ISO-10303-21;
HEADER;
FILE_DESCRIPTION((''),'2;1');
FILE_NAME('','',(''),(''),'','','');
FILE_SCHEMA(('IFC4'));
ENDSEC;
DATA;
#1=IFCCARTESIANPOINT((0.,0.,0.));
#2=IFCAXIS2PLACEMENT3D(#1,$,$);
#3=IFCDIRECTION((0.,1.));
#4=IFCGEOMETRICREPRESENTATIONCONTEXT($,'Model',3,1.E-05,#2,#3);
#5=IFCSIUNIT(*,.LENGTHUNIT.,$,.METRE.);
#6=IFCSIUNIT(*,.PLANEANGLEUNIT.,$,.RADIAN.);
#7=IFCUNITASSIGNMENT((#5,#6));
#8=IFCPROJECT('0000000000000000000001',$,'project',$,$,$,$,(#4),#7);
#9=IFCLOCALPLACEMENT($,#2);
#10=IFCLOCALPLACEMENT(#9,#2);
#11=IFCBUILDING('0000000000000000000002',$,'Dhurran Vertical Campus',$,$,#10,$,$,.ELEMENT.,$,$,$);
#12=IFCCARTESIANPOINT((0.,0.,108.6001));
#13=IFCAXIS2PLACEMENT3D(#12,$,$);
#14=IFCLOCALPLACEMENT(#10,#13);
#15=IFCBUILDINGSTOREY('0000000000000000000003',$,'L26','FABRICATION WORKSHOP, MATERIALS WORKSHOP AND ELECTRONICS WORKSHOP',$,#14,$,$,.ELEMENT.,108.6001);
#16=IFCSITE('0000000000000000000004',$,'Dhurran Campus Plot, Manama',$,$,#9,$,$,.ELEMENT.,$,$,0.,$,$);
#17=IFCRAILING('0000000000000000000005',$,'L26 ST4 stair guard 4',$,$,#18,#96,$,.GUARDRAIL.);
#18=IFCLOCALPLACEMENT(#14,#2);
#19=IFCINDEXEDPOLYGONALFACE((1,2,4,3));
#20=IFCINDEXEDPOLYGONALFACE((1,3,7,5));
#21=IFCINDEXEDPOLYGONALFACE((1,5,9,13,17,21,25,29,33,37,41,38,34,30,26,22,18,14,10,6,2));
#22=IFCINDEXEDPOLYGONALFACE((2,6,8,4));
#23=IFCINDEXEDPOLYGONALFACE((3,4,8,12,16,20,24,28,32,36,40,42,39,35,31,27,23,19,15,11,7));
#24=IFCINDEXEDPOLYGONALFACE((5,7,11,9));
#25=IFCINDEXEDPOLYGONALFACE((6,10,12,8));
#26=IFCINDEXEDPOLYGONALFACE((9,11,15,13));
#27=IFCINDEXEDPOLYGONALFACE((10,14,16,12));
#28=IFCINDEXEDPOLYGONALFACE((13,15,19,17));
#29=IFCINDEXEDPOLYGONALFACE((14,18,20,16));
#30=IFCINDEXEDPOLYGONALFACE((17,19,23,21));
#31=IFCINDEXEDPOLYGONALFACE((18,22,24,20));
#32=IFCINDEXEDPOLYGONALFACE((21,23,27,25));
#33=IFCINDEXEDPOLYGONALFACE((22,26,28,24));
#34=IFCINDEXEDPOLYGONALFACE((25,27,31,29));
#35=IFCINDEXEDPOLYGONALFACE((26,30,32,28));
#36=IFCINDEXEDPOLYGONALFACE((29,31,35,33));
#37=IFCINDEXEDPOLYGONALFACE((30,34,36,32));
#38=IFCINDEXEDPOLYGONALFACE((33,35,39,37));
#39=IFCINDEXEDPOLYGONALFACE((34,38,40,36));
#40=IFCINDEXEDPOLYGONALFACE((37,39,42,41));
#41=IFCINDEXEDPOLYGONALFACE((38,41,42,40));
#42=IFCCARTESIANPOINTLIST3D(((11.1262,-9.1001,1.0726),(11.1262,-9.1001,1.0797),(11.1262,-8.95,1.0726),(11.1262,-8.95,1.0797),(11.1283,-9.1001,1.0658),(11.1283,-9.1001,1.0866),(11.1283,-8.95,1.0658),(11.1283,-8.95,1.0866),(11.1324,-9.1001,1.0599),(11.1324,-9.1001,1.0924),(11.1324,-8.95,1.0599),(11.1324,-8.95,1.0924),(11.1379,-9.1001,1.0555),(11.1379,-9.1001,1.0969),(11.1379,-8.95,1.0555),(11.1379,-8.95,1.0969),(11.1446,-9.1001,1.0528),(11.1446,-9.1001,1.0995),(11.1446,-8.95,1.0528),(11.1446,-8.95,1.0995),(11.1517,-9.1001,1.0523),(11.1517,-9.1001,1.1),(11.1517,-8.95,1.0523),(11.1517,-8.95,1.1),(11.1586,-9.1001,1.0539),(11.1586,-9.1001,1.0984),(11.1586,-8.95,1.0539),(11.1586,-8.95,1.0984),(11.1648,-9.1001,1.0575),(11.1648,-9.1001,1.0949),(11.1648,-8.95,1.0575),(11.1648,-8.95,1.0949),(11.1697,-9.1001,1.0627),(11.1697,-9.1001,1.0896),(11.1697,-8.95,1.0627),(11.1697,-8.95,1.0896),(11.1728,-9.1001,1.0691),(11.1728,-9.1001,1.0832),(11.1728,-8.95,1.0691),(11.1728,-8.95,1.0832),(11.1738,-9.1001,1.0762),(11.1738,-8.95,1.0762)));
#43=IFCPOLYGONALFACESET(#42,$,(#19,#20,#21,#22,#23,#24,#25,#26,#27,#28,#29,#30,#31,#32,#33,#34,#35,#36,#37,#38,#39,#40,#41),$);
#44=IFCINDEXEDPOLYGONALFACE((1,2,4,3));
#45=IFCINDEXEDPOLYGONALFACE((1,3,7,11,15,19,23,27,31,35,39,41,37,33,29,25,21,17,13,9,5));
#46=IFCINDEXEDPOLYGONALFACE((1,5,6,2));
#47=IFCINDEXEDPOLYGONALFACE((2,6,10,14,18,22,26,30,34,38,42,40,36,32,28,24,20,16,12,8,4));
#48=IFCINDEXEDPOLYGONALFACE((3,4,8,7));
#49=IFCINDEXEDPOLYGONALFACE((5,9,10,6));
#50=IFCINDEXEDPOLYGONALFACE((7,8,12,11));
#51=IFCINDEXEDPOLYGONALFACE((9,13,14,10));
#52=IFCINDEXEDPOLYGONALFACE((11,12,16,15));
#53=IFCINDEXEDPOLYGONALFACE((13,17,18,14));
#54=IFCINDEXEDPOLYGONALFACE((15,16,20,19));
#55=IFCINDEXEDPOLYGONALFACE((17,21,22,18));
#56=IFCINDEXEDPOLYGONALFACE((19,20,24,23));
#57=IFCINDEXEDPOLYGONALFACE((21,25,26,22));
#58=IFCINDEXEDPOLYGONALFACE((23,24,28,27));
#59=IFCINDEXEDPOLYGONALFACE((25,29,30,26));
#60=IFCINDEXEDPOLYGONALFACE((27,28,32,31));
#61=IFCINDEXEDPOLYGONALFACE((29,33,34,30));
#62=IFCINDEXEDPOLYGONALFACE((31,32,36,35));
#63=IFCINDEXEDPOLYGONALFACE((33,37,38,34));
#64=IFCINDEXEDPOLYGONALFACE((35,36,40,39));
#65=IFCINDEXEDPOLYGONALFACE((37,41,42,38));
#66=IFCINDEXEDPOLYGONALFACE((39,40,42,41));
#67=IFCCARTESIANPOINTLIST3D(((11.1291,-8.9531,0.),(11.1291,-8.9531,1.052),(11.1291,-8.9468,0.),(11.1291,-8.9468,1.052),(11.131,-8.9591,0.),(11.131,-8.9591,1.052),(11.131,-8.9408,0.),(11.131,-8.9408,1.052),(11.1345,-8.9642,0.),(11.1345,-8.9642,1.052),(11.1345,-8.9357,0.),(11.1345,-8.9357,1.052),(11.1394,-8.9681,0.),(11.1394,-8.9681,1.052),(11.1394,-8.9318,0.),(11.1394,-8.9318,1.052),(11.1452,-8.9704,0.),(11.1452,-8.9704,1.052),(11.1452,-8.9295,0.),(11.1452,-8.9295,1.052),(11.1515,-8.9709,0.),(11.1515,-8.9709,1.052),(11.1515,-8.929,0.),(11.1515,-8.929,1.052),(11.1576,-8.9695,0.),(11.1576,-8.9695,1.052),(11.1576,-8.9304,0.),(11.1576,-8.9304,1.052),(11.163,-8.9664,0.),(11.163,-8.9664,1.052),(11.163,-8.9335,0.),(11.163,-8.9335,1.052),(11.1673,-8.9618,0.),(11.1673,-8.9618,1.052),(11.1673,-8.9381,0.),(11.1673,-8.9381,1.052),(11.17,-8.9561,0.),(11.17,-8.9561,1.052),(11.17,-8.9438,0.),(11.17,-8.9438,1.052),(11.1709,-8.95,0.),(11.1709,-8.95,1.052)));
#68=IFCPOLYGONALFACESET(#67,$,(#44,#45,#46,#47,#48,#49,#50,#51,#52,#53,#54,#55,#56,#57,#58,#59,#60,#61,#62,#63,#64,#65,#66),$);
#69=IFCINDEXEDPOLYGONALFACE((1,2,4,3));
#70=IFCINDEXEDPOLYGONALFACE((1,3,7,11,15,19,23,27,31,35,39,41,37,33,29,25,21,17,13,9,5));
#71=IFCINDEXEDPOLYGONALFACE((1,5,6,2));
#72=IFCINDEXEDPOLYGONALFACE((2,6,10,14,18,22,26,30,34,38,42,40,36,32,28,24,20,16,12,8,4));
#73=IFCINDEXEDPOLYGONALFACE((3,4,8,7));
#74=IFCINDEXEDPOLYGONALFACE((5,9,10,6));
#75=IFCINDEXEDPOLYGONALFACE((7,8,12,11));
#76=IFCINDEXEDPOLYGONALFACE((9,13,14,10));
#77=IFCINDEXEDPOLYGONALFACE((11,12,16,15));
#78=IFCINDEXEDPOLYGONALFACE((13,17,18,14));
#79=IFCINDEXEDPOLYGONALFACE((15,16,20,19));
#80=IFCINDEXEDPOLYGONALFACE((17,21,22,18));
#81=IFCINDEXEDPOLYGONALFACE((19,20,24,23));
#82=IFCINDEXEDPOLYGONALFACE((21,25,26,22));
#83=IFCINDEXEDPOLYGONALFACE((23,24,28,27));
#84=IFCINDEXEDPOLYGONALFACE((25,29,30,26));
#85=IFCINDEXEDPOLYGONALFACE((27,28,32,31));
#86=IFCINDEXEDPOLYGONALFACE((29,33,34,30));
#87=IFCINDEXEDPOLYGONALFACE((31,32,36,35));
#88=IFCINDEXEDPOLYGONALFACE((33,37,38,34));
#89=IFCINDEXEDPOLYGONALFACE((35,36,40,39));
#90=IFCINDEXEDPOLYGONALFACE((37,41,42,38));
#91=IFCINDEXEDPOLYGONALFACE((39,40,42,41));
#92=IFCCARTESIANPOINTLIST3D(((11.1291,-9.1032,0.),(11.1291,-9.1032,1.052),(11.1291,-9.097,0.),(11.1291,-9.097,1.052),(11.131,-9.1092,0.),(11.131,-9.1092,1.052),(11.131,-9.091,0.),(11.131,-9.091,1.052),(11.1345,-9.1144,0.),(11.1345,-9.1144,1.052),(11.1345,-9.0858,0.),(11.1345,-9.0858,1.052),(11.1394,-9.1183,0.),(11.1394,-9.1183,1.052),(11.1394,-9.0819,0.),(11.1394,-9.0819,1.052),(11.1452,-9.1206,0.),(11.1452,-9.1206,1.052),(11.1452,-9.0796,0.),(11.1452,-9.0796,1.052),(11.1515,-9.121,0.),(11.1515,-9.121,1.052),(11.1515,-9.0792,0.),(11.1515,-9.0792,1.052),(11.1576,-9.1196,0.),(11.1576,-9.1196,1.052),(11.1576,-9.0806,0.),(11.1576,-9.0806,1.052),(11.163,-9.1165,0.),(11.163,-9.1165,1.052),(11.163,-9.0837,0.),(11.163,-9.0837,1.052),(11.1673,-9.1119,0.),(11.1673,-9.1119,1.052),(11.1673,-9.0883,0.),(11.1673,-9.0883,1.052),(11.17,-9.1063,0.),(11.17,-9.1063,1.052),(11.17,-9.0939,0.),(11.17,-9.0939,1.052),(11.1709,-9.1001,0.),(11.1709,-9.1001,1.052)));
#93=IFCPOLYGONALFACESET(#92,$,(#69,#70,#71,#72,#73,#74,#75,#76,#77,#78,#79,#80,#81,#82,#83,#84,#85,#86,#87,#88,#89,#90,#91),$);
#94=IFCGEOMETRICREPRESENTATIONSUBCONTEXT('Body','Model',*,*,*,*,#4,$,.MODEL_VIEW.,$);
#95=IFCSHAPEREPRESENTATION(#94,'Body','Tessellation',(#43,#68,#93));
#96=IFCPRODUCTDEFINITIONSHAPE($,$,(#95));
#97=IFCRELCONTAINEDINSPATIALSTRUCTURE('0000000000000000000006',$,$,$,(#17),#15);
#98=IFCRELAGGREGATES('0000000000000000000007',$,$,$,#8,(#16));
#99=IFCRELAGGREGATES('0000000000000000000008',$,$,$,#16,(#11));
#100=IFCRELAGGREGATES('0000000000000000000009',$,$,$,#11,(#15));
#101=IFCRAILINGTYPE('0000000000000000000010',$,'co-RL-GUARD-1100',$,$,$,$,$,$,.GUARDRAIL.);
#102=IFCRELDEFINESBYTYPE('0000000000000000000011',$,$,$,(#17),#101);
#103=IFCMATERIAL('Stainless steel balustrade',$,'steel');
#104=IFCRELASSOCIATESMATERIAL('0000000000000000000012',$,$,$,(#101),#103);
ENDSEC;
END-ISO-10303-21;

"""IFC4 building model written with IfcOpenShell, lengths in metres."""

from ifc_helpers import new_model, si_unit, direction, frame, origin, origin_2d, place, context, subcontext, project, spatial, circle, extrude, material, type_object, element, save


model = new_model("IFC4")

# Units and contexts
model_context = context("Model", 3, precision=1e-05, world=origin(), true_north=direction((0.0, 1.0)))
body_context = subcontext(model_context, "Body", "Model", "MODEL_VIEW")
ifc_project = project(units=[si_unit("LENGTHUNIT", "METRE"), si_unit("PLANEANGLEUNIT", "RADIAN")], contexts=[model_context])

# Site, building, storey
site_placement = place(None, origin())
site = spatial("IfcSite", under=ifc_project, at=site_placement, Name="Dhurran Campus Plot, Manama", CompositionType="ELEMENT", RefElevation=0.0)
building_placement = place(site_placement, origin())
building = spatial("IfcBuilding", under=site, at=building_placement, Name="Dhurran Vertical Campus", CompositionType="ELEMENT")
storey_placement = place(building_placement, frame((0.0, 0.0, 108.6001)))
storey = spatial("IfcBuildingStorey", under=building, at=storey_placement, Name="L26", Description="FABRICATION WORKSHOP, MATERIALS WORKSHOP AND ELECTRONICS WORKSHOP", CompositionType="ELEMENT", Elevation=108.6001)

# Railing
ifc_material_1 = material(Name="Stainless steel balustrade", Category="steel")
railing_type_1 = type_object("IfcRailingType", Name="co-RL-GUARD-1100", PredefinedType="GUARDRAIL", material=ifc_material_1)
railing_1_placement = place(storey_placement, frame((11.1499, -8.95, 0.0)))
element("IfcRailing", 1, at=railing_1_placement, inside=storey, type_object=railing_type_1, Name="L26 ST4 stair guard 4", PredefinedType="GUARDRAIL", context=body_context, shape_type="SweptSolid", body=[
    extrude(circle(Radius=0.0239, at=origin_2d()), frame((0.0, 0.0, 1.0762), z_axis=(0.0, -1.0, 0.0), x_axis=(1.0, 0.0, 0.0)), (0.0, 0.0, 1.0), 0.1501),
    extrude(circle(Radius=0.021, at=origin_2d()), origin(), (0.0, 0.0, 1.0), 1.052),
    extrude(circle(Radius=0.021, at=origin_2d()), frame((0.0, -0.1501, 0.0)), (0.0, 0.0, 1.0), 1.052),
])

save(model, "model.ifc")
